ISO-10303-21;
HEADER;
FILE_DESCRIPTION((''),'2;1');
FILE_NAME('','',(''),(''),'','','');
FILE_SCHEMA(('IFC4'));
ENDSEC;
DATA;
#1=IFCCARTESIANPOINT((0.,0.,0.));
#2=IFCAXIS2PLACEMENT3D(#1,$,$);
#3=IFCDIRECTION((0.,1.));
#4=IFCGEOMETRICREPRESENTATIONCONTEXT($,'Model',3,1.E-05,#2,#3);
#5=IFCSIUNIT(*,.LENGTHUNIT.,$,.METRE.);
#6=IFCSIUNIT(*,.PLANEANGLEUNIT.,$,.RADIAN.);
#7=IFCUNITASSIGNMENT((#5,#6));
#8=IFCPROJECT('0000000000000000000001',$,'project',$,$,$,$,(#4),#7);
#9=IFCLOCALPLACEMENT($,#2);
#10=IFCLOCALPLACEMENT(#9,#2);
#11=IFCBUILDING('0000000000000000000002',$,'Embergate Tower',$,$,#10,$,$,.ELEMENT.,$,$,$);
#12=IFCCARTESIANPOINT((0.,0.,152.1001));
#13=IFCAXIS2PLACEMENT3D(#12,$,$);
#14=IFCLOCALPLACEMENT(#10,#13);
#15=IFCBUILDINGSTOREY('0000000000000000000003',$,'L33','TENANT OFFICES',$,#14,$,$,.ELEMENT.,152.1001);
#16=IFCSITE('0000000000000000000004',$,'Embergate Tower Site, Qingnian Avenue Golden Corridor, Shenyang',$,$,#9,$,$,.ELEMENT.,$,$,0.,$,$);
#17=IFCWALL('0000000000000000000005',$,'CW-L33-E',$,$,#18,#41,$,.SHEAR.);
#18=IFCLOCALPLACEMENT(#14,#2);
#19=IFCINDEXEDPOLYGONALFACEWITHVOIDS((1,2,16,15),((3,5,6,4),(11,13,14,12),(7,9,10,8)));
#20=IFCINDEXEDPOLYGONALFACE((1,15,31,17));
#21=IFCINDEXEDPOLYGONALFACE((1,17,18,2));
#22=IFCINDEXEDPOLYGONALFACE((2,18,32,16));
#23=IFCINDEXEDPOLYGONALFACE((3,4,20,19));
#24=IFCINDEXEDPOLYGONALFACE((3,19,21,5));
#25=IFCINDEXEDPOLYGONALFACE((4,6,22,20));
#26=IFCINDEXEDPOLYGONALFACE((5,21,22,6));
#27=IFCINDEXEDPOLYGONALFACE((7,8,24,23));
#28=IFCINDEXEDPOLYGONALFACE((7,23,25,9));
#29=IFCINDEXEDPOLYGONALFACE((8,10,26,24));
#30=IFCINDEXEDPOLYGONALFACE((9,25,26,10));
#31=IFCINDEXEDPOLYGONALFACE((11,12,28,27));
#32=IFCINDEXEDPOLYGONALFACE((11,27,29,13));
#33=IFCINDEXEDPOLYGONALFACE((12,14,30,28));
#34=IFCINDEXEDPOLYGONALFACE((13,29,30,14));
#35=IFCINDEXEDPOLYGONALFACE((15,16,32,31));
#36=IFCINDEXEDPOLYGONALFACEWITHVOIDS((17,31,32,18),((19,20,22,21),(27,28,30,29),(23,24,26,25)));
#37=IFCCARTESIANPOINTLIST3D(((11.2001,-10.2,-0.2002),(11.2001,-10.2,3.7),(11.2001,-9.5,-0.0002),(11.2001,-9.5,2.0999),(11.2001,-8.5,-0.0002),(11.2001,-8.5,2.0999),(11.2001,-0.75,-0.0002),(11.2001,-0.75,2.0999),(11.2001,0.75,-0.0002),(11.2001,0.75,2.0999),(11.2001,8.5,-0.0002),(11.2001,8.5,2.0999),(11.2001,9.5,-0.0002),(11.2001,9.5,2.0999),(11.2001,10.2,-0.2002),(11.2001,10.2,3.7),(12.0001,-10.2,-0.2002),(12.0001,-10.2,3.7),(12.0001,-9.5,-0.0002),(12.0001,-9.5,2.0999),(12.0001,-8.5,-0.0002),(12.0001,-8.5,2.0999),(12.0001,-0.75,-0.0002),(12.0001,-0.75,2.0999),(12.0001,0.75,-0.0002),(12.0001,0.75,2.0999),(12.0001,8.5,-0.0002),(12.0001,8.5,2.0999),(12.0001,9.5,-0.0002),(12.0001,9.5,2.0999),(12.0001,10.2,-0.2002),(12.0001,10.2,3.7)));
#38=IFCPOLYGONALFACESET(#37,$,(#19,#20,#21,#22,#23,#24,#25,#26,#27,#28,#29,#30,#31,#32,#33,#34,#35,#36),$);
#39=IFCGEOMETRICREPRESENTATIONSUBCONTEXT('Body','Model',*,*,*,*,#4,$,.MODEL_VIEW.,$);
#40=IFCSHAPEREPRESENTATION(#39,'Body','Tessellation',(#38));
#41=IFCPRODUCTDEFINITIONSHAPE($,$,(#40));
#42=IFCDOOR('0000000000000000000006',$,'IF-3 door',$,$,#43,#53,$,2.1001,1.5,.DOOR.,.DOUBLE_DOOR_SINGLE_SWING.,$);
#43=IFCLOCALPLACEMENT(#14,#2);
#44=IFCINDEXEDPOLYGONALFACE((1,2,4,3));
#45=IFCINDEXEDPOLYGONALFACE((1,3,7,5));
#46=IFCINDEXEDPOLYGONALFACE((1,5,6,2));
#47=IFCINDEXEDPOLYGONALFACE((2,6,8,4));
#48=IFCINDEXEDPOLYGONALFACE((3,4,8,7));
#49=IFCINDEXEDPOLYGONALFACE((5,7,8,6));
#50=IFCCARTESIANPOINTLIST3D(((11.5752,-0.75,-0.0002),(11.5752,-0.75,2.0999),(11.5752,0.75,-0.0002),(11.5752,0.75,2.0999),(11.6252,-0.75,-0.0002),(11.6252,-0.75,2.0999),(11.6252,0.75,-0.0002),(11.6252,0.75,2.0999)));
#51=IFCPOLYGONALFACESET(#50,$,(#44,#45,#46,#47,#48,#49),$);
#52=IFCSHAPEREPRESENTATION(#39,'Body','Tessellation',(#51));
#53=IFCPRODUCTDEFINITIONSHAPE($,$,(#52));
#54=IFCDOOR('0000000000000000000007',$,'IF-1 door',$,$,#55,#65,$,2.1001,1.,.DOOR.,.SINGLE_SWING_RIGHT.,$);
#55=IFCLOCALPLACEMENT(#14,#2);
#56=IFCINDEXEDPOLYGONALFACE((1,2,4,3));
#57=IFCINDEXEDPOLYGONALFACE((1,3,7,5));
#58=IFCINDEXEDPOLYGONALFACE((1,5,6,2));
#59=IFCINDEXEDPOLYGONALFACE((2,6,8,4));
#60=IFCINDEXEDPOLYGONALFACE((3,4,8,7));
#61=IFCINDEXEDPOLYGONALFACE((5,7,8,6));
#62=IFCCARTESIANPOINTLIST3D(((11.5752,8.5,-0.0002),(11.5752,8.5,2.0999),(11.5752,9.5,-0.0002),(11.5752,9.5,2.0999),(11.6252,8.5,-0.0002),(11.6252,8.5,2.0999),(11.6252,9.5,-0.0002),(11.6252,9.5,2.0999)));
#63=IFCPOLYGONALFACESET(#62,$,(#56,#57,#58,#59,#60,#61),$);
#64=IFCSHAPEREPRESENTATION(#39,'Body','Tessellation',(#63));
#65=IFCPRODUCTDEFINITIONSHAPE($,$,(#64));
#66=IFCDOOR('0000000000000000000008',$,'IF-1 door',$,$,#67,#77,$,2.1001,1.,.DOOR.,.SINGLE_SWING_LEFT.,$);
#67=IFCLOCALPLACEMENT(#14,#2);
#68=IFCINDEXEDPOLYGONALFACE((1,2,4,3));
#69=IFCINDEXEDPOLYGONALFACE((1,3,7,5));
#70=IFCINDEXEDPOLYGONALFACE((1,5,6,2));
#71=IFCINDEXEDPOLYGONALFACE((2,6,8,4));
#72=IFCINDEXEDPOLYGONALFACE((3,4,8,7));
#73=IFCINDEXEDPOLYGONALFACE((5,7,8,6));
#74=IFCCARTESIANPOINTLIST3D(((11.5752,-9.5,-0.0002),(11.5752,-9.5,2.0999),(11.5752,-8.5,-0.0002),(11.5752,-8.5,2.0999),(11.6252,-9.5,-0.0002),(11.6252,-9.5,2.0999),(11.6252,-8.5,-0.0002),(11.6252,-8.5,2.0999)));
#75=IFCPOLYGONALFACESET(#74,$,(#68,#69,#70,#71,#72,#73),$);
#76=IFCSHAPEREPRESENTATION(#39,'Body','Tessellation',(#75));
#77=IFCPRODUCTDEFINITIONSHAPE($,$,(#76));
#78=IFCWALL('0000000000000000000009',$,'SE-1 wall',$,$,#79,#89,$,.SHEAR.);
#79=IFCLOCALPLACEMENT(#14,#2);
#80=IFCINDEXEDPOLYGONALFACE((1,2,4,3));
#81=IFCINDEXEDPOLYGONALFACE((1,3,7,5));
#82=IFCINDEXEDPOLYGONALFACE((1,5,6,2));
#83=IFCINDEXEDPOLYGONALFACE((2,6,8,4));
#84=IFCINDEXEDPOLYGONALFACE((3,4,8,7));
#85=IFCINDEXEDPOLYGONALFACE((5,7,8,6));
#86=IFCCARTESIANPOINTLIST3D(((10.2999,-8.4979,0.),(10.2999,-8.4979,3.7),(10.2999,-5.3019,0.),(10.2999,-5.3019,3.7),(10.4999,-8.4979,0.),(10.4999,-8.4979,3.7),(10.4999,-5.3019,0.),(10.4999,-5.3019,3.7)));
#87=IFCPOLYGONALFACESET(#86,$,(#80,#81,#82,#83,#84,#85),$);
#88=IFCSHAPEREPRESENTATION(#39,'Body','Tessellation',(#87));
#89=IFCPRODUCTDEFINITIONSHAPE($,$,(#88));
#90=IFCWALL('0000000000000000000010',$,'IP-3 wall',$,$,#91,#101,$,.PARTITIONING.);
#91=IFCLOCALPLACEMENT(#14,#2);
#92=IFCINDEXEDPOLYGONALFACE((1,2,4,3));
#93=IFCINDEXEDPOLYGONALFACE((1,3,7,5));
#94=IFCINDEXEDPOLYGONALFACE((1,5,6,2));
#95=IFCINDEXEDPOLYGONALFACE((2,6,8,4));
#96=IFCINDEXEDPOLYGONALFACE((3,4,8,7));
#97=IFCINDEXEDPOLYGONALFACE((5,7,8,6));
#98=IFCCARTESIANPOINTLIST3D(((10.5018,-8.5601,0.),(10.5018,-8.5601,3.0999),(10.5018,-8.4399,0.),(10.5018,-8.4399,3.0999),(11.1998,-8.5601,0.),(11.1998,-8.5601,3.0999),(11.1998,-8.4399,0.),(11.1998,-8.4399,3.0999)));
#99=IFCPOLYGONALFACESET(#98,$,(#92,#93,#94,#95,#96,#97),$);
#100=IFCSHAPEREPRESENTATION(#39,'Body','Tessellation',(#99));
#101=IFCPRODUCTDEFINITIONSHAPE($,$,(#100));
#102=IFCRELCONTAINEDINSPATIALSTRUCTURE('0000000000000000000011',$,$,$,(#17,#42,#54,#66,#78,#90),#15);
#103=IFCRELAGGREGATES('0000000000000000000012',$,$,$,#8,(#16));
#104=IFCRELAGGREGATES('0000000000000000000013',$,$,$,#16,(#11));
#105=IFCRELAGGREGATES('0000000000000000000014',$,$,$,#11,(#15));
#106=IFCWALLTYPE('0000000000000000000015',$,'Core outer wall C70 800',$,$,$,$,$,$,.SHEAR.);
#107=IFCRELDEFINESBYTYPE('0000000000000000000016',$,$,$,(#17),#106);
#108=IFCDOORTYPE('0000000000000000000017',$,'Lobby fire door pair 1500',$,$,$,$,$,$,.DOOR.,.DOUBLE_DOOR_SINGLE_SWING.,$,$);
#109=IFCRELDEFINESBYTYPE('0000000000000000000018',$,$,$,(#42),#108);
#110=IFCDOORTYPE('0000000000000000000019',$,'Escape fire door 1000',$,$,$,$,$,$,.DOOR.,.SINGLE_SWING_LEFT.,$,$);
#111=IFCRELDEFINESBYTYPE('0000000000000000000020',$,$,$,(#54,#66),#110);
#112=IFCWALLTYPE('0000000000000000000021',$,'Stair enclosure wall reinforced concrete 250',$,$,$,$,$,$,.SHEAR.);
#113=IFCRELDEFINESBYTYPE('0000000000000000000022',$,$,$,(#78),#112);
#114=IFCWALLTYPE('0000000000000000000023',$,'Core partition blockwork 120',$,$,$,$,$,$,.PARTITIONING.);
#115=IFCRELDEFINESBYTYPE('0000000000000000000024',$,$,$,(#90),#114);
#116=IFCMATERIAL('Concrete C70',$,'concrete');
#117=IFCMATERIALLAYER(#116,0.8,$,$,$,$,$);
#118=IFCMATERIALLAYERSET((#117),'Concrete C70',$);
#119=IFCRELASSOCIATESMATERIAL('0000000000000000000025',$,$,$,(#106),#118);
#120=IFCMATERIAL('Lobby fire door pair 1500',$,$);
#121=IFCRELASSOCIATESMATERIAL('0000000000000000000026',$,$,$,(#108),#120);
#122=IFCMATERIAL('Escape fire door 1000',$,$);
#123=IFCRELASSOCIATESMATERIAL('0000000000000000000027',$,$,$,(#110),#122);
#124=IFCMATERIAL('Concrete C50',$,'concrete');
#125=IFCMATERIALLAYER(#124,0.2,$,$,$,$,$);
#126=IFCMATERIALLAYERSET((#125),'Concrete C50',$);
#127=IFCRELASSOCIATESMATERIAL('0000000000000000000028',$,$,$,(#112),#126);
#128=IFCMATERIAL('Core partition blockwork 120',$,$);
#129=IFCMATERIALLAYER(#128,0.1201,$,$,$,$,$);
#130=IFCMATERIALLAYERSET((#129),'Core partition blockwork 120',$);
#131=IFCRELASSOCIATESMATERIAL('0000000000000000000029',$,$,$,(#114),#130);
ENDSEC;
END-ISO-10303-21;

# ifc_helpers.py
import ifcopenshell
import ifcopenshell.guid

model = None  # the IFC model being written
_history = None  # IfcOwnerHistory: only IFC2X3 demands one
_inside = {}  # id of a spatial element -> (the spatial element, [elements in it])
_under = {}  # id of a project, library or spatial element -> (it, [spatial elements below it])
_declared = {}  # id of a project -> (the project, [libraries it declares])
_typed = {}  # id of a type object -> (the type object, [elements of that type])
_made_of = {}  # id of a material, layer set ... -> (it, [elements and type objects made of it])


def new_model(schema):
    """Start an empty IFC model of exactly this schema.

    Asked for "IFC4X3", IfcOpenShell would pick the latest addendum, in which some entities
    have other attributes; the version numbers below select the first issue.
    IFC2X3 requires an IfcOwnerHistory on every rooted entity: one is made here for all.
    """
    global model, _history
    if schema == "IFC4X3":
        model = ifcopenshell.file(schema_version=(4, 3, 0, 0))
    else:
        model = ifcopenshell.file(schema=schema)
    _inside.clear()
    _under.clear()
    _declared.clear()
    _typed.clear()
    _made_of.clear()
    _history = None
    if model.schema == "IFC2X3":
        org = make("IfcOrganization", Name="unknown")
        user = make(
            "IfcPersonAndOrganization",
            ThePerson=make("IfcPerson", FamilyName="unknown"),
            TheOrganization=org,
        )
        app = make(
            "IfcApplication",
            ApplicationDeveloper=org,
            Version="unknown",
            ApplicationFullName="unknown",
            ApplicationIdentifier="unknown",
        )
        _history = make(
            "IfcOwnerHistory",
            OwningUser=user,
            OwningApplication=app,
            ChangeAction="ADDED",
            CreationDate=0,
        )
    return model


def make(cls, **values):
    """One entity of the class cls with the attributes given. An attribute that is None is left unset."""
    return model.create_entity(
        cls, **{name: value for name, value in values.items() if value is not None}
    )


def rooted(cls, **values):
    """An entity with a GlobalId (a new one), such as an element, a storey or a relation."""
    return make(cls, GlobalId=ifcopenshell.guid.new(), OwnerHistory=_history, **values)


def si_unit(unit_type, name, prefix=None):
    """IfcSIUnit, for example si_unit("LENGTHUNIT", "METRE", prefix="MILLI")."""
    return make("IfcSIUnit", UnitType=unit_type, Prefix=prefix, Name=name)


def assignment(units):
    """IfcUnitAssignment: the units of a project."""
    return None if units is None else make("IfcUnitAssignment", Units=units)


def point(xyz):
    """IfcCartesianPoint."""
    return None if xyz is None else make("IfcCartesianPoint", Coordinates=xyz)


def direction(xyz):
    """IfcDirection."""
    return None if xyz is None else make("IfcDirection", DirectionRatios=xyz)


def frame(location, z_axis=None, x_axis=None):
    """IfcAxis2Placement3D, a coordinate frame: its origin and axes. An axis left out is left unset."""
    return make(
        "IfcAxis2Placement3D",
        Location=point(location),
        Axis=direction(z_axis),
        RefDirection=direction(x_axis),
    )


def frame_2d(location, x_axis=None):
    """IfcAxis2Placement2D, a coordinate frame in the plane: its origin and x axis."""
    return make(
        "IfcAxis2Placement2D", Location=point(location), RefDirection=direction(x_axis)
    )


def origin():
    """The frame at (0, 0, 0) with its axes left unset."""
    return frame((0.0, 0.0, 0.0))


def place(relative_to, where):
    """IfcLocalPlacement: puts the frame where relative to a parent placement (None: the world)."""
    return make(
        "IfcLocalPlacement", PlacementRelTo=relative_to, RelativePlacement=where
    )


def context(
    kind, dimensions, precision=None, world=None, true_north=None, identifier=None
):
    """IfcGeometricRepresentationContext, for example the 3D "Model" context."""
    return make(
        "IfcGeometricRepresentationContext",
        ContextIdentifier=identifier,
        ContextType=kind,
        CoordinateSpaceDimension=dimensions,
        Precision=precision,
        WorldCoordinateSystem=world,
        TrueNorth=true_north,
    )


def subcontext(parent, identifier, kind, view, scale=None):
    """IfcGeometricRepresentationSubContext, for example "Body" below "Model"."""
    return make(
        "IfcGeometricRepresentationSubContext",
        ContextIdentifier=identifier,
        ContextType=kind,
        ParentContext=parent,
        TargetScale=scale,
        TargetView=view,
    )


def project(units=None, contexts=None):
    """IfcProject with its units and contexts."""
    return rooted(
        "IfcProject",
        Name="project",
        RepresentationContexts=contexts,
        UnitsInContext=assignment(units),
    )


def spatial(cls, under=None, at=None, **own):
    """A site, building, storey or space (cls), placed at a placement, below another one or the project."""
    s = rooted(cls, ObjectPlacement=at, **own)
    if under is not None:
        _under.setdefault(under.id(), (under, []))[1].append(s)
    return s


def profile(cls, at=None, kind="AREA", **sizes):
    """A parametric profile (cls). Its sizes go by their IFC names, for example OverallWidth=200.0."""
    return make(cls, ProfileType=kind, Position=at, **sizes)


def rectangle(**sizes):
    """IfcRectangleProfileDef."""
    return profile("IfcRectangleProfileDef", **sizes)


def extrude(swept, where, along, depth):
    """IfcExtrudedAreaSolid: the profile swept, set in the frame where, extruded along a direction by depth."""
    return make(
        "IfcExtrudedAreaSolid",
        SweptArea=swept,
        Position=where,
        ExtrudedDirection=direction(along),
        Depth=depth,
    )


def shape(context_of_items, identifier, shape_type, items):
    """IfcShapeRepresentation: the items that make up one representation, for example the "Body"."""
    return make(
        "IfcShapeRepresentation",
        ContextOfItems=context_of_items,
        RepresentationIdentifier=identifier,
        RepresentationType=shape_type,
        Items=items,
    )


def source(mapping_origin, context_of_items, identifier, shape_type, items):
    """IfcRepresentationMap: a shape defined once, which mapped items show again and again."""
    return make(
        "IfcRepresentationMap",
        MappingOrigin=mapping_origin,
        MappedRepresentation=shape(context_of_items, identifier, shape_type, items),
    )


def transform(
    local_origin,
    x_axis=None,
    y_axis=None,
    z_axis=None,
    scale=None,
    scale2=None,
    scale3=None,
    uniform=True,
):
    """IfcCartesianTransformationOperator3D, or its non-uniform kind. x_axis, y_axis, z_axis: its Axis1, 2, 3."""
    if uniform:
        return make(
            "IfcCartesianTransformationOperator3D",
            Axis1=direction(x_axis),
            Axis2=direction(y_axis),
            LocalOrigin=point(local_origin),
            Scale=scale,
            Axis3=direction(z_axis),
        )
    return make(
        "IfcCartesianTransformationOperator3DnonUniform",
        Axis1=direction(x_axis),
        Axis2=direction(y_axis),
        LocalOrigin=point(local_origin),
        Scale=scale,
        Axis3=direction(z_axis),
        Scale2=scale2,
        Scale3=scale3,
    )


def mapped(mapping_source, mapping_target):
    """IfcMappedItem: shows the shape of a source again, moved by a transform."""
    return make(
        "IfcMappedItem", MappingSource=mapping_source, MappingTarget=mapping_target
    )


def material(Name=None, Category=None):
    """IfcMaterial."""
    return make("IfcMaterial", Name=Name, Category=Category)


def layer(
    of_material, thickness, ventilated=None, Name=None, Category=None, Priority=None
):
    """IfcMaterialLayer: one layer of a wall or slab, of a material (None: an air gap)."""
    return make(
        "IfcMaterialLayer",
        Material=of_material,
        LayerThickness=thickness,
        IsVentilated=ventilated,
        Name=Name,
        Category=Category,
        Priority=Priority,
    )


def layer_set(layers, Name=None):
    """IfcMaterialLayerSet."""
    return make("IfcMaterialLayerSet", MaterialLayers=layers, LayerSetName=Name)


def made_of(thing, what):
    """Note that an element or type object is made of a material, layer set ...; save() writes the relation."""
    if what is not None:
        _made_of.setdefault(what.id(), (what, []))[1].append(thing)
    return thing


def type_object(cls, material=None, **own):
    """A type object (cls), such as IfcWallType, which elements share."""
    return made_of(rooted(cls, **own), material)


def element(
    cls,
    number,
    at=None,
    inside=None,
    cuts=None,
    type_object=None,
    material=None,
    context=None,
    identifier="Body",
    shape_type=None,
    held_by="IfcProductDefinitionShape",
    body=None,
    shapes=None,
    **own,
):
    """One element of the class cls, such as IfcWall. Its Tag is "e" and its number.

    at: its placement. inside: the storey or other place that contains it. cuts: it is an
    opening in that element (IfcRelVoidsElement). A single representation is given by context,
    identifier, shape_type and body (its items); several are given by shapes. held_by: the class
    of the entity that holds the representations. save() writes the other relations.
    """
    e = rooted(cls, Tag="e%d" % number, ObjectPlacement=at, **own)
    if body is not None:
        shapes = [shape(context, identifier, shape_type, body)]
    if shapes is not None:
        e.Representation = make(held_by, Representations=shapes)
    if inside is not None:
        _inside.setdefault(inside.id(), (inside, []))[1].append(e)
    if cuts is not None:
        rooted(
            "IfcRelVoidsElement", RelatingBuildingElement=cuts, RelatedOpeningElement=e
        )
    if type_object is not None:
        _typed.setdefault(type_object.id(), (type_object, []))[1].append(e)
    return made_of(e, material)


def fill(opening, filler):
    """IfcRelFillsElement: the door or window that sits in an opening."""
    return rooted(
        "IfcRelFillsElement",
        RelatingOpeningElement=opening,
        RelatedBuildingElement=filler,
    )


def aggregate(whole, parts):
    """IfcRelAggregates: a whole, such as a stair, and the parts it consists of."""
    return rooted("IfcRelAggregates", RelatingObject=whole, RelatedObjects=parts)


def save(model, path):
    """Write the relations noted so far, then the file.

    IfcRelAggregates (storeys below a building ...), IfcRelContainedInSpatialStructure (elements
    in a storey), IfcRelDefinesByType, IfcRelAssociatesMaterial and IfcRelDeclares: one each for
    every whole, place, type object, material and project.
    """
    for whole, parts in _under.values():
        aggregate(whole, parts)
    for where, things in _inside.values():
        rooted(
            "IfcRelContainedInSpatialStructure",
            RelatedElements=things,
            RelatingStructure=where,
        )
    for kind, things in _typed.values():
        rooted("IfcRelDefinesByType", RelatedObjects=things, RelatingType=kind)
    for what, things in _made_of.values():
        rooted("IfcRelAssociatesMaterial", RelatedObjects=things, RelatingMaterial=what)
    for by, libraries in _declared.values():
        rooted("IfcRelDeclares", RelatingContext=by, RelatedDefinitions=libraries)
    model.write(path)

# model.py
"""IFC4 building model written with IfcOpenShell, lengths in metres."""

from ifc_helpers import new_model, si_unit, direction, frame, frame_2d, origin, place, context, subcontext, project, spatial, rectangle, extrude, source, transform, mapped, material, layer, layer_set, type_object, element, fill, save


model = new_model("IFC4")

# Units and contexts
model_context = context("Model", 3, precision=1e-05, world=origin(), true_north=direction((0.0, 1.0)))
body_context = subcontext(model_context, "Body", "Model", "MODEL_VIEW")
ifc_project = project(units=[si_unit("LENGTHUNIT", "METRE"), si_unit("PLANEANGLEUNIT", "RADIAN")], contexts=[model_context])

# Site, building, storey
site_placement = place(None, origin())
site = spatial("IfcSite", under=ifc_project, at=site_placement, Name="Embergate Tower Site, Qingnian Avenue Golden Corridor, Shenyang", CompositionType="ELEMENT", RefElevation=0.0)
building_placement = place(site_placement, origin())
building = spatial("IfcBuilding", under=site, at=building_placement, Name="Embergate Tower", CompositionType="ELEMENT")
storey_placement = place(building_placement, frame((0.0, 0.0, 152.1001)))
storey = spatial("IfcBuildingStorey", under=building, at=storey_placement, Name="L33", Description="TENANT OFFICES", CompositionType="ELEMENT", Elevation=152.1001)

# Shared definitions
ifc_material_1 = material(Name="Concrete C70", Category="concrete")

# Wall, openings, doors
ifc_layer_1 = layer(ifc_material_1, 0.8)
ifc_layer_set_1 = layer_set([ifc_layer_1], Name="Concrete C70")
wall_type_1 = type_object("IfcWallType", Name="Core outer wall C70 800", PredefinedType="SHEAR", material=ifc_layer_set_1)
shared_shape_1 = source(origin(), body_context, "Body", "SweptSolid", [
    extrude(rectangle(XDim=20.3999, YDim=0.8, at=frame_2d((10.2, 0.0))), origin(), (0.0, 0.0, 1.0), 3.9001),
])
wall_1_placement = place(storey_placement, frame((11.6001, -10.2, -0.2002), z_axis=(0.0, 0.0, 1.0), x_axis=(0.0, 1.0, 0.0)))
wall_1 = element("IfcWall", 1, at=wall_1_placement, inside=storey, type_object=wall_type_1, Name="CW-L33-E", PredefinedType="SHEAR", context=body_context, shape_type="MappedRepresentation", body=[
    mapped(shared_shape_1, transform((0.0, 0.0, 0.0))),
])
shared_shape_2 = source(origin(), body_context, "Body", "SweptSolid", [
    extrude(rectangle(XDim=1.0, YDim=2.1001, at=frame_2d((0.5, 1.05))), frame((0.0, 0.4099, 0.0), z_axis=(0.0, -1.0, 0.0), x_axis=(1.0, 0.0, 0.0)), (0.0, 0.0, 1.0), 0.8201),
])
opening_1_placement = place(wall_1_placement, frame((18.7, 0.0, 0.2)))
opening_1 = element("IfcOpeningElement", 2, at=opening_1_placement, cuts=wall_1, PredefinedType="OPENING", context=body_context, shape_type="MappedRepresentation", body=[
    mapped(shared_shape_2, transform((0.0, 0.0, 0.0))),
])
opening_2_placement = place(wall_1_placement, frame((0.7, 0.0, 0.2)))
opening_2 = element("IfcOpeningElement", 3, at=opening_2_placement, cuts=wall_1, PredefinedType="OPENING", context=body_context, shape_type="MappedRepresentation", body=[
    mapped(shared_shape_2, transform((0.0, 0.0, 0.0))),
])
shared_shape_3 = source(origin(), body_context, "Body", "SweptSolid", [
    extrude(rectangle(XDim=1.5, YDim=2.1001, at=frame_2d((0.75, 1.05))), frame((0.0, 0.4099, 0.0), z_axis=(0.0, -1.0, 0.0), x_axis=(1.0, 0.0, 0.0)), (0.0, 0.0, 1.0), 0.8201),
])
opening_3_placement = place(wall_1_placement, frame((9.45, 0.0, 0.2)))
opening_3 = element("IfcOpeningElement", 4, at=opening_3_placement, cuts=wall_1, PredefinedType="OPENING", context=body_context, shape_type="MappedRepresentation", body=[
    mapped(shared_shape_3, transform((0.0, 0.0, 0.0))),
])
ifc_material_2 = material(Name="Lobby fire door pair 1500")
door_type_1 = type_object("IfcDoorType", Name="Lobby fire door pair 1500", OperationType="DOUBLE_DOOR_SINGLE_SWING", PredefinedType="DOOR", material=ifc_material_2)
shared_shape_4 = source(origin(), body_context, "Body", "SweptSolid", [
    extrude(rectangle(XDim=1.5, YDim=2.1001, at=frame_2d((0.75, 1.05))), frame((0.0, 0.0249, 0.0), z_axis=(0.0, -1.0, 0.0), x_axis=(1.0, 0.0, 0.0)), (0.0, 0.0, 1.0), 0.05),
])
door_1_placement = place(opening_3_placement, origin())
door_1 = element("IfcDoor", 5, at=door_1_placement, inside=storey, type_object=door_type_1, Name="IF-3 door", OperationType="DOUBLE_DOOR_SINGLE_SWING", OverallHeight=2.1001, OverallWidth=1.5, PredefinedType="DOOR", context=body_context, shape_type="MappedRepresentation", body=[
    mapped(shared_shape_4, transform((0.0, 0.0, 0.0))),
])
fill(opening_3, door_1)
ifc_material_3 = material(Name="Escape fire door 1000")
door_type_2 = type_object("IfcDoorType", Name="Escape fire door 1000", OperationType="SINGLE_SWING_LEFT", PredefinedType="DOOR", material=ifc_material_3)
shared_shape_5 = source(origin(), body_context, "Body", "SweptSolid", [
    extrude(rectangle(XDim=1.0, YDim=2.1001, at=frame_2d((0.5, 1.05))), frame((0.0, 0.0249, 0.0), z_axis=(0.0, -1.0, 0.0), x_axis=(1.0, 0.0, 0.0)), (0.0, 0.0, 1.0), 0.05),
])
door_2_placement = place(opening_1_placement, origin())
door_2 = element("IfcDoor", 6, at=door_2_placement, inside=storey, type_object=door_type_2, Name="IF-1 door", OperationType="SINGLE_SWING_RIGHT", OverallHeight=2.1001, OverallWidth=1.0, PredefinedType="DOOR", context=body_context, shape_type="MappedRepresentation", body=[
    mapped(shared_shape_5, transform((0.0, 0.0, 0.0))),
])
fill(opening_1, door_2)
door_3_placement = place(opening_2_placement, origin())
door_3 = element("IfcDoor", 7, at=door_3_placement, inside=storey, type_object=door_type_2, Name="IF-1 door", OperationType="SINGLE_SWING_LEFT", OverallHeight=2.1001, OverallWidth=1.0, PredefinedType="DOOR", context=body_context, shape_type="MappedRepresentation", body=[
    mapped(shared_shape_5, transform((0.0, 0.0, 0.0))),
])
fill(opening_2, door_3)

# Walls
ifc_material_4 = material(Name="Concrete C50", Category="concrete")
ifc_layer_2 = layer(ifc_material_4, 0.2)
ifc_layer_set_2 = layer_set([ifc_layer_2], Name="Concrete C50")
wall_type_2 = type_object("IfcWallType", Name="Stair enclosure wall reinforced concrete 250", PredefinedType="SHEAR", material=ifc_layer_set_2)
shared_shape_6 = source(origin(), body_context, "Body", "SweptSolid", [
    extrude(rectangle(XDim=3.196, YDim=0.2, at=frame_2d((1.5981, 0.0))), origin(), (0.0, 0.0, 1.0), 3.7),
])
wall_2_placement = place(storey_placement, frame((10.3999, -8.498, 0.0), z_axis=(0.0, 0.0, 1.0), x_axis=(0.0, 1.0, 0.0)))
element("IfcWall", 8, at=wall_2_placement, inside=storey, type_object=wall_type_2, Name="SE-1 wall", PredefinedType="SHEAR", context=body_context, shape_type="MappedRepresentation", body=[
    mapped(shared_shape_6, transform((0.0, 0.0, 0.0))),
])
ifc_material_5 = material(Name="Core partition blockwork 120")
ifc_layer_3 = layer(ifc_material_5, 0.1201)
ifc_layer_set_3 = layer_set([ifc_layer_3], Name="Core partition blockwork 120")
wall_type_3 = type_object("IfcWallType", Name="Core partition blockwork 120", PredefinedType="PARTITIONING", material=ifc_layer_set_3)
shared_shape_7 = source(origin(), body_context, "Body", "SweptSolid", [
    extrude(rectangle(XDim=0.698, YDim=0.1201, at=frame_2d((0.3491, 0.0))), origin(), (0.0, 0.0, 1.0), 3.0999),
])
wall_3_placement = place(storey_placement, frame((11.2, -8.5, 0.0), z_axis=(0.0, 0.0, 1.0), x_axis=(-1.0, 0.0, 0.0)))
element("IfcWall", 9, at=wall_3_placement, inside=storey, type_object=wall_type_3, Name="IP-3 wall", PredefinedType="PARTITIONING", context=body_context, shape_type="MappedRepresentation", body=[
    mapped(shared_shape_7, transform((0.0, 0.0, 0.0))),
])

save(model, "model.ifc")
